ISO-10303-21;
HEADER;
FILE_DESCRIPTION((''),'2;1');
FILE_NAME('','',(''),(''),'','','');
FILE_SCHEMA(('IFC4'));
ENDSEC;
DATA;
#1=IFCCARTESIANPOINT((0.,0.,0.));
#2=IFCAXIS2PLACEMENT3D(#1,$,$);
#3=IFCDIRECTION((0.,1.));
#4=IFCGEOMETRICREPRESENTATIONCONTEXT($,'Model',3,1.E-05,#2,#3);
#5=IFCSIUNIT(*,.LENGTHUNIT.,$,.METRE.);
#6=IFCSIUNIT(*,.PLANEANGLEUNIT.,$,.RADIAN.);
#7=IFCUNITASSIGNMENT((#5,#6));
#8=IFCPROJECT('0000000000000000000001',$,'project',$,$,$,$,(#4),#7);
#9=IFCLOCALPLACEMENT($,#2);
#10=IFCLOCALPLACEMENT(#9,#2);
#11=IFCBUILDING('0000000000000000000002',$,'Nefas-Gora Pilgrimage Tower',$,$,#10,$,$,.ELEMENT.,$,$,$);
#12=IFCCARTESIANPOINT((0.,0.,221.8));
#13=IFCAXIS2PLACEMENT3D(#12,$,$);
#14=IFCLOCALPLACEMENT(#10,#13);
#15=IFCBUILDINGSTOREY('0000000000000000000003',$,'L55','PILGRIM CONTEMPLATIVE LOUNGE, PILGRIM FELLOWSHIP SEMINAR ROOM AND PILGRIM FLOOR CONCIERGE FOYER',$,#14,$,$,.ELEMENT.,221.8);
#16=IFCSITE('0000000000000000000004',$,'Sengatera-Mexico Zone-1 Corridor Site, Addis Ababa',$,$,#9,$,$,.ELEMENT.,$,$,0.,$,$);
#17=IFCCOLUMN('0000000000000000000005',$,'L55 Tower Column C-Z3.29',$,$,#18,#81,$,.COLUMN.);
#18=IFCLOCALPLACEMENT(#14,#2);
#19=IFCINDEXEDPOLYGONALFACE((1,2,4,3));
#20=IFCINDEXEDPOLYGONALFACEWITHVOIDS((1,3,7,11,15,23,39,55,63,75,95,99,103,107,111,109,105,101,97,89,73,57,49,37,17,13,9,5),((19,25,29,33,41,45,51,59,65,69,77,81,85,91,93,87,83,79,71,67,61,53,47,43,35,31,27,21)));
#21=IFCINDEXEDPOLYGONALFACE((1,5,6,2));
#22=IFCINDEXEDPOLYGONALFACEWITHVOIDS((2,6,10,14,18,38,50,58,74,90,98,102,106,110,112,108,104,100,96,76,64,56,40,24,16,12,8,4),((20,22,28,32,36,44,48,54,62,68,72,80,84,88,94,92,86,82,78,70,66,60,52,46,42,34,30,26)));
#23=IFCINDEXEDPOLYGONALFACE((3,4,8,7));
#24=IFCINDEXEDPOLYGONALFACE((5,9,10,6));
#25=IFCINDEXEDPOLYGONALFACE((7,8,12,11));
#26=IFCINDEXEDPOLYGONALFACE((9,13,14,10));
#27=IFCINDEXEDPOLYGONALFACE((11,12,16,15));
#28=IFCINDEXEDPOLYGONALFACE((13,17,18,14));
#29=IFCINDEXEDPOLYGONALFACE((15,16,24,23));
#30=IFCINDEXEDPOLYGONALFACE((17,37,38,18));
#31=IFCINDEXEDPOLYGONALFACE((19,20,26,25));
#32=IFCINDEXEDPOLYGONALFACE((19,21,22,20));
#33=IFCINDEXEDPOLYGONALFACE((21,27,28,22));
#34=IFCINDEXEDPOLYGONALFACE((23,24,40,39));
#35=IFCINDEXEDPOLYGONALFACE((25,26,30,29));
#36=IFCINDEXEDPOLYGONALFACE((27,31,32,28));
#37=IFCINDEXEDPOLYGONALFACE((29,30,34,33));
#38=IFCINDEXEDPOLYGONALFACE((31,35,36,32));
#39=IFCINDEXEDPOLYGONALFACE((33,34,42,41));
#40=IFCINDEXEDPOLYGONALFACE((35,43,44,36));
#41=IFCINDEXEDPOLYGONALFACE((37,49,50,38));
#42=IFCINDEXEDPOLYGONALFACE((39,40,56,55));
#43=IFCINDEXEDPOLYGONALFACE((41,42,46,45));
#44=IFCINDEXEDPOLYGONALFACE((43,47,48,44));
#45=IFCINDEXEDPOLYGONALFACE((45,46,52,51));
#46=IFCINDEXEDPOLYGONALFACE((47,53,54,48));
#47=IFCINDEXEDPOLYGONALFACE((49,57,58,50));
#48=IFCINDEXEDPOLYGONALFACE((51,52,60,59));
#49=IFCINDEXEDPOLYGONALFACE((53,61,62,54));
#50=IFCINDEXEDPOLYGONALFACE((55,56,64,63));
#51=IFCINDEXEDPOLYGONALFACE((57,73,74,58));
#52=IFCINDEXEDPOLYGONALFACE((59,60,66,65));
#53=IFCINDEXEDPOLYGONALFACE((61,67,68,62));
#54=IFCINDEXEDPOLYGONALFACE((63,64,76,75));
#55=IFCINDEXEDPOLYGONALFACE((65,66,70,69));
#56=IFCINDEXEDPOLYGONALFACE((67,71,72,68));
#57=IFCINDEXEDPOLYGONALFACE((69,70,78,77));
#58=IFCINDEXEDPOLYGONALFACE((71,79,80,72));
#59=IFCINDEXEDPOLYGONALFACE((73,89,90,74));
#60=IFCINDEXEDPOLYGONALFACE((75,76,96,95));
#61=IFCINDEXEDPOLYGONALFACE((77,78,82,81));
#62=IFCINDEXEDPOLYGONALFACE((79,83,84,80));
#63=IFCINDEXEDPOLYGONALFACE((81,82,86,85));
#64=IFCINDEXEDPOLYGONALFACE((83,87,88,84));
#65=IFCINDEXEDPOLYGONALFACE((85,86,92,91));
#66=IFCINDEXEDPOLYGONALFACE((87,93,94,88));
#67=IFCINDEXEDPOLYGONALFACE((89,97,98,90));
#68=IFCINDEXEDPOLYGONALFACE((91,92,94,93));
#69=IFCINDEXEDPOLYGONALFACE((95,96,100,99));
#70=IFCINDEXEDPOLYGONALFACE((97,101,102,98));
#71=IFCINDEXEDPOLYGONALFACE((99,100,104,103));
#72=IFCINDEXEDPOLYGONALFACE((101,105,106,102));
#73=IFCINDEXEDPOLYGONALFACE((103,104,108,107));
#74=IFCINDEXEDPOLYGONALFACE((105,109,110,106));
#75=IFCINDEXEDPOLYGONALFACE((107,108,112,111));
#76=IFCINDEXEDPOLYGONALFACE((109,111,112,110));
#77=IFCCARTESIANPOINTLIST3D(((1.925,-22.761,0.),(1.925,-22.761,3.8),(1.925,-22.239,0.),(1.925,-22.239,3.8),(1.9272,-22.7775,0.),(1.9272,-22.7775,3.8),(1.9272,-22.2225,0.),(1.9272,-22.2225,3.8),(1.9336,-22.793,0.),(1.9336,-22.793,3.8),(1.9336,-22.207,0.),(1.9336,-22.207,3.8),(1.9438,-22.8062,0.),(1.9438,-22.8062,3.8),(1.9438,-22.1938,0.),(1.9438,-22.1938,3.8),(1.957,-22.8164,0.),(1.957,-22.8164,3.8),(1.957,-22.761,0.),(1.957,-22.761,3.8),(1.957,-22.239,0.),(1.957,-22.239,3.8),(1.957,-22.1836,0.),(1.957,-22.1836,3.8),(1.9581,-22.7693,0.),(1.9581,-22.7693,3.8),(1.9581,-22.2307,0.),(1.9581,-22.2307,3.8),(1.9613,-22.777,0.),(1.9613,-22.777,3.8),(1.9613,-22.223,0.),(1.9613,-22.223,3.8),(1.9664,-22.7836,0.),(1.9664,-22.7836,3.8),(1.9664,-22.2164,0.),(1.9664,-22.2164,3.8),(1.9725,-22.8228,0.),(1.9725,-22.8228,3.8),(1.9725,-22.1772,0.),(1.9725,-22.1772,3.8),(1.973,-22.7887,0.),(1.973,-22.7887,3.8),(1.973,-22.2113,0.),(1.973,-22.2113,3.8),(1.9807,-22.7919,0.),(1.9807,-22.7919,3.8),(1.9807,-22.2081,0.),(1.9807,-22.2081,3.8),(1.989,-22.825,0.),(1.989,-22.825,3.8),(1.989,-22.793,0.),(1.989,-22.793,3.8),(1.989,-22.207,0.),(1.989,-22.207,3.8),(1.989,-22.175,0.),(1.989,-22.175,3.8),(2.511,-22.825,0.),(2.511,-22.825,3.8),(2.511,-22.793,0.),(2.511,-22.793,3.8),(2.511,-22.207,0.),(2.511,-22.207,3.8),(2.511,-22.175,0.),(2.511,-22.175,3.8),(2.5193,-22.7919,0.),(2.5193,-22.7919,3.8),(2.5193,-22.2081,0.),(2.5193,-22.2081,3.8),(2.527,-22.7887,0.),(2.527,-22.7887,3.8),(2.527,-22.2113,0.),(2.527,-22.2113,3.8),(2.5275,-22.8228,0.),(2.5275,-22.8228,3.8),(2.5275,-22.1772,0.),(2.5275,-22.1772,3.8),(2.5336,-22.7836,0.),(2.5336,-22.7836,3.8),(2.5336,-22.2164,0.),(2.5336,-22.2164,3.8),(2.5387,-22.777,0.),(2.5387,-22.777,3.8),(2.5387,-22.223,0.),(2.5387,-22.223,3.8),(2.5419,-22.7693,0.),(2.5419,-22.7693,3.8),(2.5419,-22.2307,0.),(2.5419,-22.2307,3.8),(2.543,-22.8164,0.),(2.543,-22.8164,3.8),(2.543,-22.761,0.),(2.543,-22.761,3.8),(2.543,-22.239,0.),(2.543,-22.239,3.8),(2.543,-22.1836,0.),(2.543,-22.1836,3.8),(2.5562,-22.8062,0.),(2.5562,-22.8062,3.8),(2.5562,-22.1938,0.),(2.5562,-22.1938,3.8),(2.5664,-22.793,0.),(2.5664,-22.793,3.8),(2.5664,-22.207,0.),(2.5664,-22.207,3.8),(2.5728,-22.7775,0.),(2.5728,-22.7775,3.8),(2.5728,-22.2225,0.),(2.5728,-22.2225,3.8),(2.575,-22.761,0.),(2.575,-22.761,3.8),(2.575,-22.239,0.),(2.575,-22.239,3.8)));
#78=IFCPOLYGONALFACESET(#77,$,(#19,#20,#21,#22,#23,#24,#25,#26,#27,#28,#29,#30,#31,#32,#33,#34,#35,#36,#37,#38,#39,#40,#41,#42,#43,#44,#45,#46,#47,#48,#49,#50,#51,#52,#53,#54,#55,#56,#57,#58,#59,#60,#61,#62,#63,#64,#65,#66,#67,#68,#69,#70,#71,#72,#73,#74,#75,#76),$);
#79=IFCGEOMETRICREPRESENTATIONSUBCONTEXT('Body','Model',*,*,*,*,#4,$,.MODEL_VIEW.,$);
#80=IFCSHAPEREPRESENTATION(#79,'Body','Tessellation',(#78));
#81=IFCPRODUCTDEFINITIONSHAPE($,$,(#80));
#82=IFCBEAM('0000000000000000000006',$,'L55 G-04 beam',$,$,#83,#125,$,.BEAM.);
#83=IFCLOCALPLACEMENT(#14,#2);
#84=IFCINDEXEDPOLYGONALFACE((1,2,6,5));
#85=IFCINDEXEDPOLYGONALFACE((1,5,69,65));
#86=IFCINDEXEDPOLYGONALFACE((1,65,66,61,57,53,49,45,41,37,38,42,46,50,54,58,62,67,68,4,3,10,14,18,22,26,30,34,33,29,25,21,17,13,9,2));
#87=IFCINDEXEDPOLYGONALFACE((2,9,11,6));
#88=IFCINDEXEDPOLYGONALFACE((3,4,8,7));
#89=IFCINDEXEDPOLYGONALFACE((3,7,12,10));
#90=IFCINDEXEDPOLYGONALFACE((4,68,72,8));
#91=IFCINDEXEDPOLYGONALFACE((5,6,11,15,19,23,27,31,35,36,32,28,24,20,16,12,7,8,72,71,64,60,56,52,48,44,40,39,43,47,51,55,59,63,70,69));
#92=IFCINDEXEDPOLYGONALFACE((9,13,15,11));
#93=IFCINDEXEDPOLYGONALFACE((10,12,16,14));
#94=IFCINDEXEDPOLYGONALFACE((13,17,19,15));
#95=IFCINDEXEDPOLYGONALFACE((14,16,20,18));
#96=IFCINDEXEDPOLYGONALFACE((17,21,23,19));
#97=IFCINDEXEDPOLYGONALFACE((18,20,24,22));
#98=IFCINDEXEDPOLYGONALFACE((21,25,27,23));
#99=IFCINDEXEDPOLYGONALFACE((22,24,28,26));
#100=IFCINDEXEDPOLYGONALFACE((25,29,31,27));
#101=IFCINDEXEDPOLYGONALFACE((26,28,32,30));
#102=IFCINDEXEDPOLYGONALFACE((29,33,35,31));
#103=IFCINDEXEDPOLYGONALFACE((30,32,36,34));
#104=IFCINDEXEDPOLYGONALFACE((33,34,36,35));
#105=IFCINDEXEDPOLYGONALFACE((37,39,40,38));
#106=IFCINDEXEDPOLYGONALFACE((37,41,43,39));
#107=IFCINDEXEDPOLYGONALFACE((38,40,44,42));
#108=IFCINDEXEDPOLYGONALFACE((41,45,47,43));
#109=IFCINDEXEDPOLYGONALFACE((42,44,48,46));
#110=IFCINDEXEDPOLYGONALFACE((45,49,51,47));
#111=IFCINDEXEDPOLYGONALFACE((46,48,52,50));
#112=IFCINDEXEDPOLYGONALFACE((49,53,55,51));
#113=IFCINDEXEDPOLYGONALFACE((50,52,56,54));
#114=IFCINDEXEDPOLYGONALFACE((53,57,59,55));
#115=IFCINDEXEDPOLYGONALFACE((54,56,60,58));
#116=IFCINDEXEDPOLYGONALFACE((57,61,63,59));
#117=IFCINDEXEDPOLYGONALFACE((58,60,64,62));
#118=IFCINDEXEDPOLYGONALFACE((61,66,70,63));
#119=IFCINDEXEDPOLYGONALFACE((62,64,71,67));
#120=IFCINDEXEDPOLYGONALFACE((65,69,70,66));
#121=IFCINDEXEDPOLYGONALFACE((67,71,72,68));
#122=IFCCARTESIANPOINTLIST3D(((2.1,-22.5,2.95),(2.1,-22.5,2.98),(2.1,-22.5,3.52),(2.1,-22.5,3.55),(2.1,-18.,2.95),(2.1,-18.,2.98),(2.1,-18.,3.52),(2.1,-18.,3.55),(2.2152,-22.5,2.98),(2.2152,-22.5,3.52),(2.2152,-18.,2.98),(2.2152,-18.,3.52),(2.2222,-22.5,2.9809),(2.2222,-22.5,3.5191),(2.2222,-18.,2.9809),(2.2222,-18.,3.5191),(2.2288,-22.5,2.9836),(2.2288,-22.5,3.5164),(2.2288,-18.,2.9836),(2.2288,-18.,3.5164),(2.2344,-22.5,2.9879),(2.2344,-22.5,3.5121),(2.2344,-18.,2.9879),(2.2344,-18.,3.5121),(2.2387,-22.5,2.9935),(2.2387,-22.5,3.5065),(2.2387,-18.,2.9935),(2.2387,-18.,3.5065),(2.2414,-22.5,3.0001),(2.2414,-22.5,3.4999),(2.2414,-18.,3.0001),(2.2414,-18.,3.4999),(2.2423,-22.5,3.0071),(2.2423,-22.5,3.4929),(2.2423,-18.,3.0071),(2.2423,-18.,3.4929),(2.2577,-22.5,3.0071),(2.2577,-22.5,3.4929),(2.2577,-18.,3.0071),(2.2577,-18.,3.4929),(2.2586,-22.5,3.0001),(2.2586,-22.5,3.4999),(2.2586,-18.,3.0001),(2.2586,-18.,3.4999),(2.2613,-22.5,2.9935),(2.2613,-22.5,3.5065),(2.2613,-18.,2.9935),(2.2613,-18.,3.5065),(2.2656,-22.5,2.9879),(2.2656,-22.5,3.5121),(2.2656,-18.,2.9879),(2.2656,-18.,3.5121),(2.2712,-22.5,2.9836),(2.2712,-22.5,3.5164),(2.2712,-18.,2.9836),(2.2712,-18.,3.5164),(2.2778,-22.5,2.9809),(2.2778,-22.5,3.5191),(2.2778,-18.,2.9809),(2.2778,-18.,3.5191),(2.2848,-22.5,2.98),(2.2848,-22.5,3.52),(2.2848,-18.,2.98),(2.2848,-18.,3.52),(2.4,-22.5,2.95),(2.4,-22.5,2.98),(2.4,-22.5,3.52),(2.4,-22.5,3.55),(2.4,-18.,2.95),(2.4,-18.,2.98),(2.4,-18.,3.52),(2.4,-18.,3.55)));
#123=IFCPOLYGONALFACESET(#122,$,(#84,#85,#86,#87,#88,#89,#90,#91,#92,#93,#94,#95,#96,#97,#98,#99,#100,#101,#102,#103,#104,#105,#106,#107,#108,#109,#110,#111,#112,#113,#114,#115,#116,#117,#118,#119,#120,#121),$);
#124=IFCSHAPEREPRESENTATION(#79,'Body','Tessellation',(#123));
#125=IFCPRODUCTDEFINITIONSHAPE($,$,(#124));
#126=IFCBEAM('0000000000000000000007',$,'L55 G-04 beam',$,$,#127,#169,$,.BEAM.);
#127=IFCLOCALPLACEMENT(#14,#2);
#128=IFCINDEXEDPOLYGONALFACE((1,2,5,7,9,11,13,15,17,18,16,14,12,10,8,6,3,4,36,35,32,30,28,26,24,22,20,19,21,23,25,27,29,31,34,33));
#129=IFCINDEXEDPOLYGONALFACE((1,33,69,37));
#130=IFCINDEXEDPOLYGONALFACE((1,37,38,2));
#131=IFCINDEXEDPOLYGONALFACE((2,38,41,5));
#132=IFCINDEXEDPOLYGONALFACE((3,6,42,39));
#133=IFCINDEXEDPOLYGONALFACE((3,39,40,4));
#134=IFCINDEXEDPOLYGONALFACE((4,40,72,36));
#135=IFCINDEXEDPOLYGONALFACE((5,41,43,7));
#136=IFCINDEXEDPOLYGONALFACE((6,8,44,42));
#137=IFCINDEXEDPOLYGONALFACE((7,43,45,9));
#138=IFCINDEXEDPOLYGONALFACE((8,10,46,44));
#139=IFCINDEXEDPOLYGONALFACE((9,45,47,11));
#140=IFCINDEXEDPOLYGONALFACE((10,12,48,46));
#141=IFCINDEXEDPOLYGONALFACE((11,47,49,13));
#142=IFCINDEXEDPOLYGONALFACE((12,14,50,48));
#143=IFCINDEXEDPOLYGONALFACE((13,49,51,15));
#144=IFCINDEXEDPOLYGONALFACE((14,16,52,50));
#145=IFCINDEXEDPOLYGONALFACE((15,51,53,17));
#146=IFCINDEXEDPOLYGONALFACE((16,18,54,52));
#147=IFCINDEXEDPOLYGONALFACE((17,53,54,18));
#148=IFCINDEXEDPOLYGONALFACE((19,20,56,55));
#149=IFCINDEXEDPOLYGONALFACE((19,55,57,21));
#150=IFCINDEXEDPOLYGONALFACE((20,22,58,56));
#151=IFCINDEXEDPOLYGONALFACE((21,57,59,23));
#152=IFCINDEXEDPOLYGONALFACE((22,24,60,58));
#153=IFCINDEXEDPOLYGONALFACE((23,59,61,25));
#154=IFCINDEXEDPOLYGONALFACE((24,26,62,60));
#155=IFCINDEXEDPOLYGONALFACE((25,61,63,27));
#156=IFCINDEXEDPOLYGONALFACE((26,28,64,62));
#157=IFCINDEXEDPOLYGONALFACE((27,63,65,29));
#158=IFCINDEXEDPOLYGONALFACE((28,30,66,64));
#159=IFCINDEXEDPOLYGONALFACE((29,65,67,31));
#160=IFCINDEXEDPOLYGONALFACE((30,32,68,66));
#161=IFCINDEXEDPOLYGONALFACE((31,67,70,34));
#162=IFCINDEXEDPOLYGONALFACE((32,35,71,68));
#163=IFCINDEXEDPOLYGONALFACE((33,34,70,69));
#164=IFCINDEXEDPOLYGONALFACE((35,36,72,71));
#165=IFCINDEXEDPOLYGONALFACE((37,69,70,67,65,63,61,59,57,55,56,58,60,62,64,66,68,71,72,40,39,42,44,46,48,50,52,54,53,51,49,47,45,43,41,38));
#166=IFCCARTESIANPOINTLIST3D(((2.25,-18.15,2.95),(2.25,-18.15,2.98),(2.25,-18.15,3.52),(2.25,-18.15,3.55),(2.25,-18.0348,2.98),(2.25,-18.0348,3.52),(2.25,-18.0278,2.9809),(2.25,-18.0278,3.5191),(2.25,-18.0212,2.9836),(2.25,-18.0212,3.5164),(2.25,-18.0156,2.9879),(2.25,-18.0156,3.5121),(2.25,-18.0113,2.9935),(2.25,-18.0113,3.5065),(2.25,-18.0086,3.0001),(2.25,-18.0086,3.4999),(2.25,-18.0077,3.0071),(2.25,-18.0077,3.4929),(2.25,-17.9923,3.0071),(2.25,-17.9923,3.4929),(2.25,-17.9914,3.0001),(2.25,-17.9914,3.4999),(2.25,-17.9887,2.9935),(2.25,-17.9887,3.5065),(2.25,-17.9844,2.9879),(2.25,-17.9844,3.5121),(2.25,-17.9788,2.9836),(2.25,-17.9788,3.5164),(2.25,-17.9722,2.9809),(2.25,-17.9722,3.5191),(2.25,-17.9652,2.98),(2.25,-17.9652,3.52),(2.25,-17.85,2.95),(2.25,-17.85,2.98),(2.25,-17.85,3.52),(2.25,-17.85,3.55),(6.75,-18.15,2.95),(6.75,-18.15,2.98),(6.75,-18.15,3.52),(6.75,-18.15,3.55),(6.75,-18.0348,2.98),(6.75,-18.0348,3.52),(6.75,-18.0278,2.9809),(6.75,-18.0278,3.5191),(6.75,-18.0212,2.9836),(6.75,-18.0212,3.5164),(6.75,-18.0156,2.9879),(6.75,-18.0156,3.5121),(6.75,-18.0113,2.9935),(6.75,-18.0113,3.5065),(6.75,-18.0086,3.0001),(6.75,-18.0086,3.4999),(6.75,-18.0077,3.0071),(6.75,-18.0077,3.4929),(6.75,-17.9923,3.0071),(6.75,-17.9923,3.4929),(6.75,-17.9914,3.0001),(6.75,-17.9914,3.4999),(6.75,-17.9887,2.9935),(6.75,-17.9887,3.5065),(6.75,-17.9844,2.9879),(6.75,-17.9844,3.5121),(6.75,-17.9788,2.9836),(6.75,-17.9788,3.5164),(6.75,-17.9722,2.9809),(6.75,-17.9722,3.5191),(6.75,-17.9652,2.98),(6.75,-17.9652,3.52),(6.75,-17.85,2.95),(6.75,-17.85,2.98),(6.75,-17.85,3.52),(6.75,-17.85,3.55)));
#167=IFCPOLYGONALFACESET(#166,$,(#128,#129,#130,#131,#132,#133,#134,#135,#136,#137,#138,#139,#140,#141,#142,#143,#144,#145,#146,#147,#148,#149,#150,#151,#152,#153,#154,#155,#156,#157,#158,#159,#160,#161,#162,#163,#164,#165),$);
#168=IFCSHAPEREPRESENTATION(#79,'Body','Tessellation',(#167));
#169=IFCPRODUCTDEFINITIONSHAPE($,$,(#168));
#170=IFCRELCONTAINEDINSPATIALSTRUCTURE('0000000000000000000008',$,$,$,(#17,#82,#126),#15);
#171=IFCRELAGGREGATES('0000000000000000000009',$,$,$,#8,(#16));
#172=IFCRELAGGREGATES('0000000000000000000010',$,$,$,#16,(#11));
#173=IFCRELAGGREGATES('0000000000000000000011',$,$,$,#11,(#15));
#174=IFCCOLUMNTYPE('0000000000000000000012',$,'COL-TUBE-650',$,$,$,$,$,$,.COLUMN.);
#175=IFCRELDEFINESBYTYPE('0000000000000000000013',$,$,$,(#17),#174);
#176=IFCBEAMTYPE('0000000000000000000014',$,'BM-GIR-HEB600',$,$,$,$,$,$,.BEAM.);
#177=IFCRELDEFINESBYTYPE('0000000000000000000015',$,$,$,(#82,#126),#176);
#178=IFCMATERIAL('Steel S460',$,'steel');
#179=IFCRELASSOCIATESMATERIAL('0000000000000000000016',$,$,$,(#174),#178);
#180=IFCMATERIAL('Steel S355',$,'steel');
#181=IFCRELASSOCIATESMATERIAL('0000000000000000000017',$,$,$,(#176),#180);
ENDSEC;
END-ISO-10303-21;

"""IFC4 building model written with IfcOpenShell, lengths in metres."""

from ifc_helpers import new_model, si_unit, direction, frame, origin, origin_2d, place, context, subcontext, project, spatial, hollow_rectangle, i_section, extrude, source, transform, mapped, material, material_profile, profile_set, type_object, element, save


model = new_model("IFC4")

# Units and contexts
model_context = context("Model", 3, precision=1e-05, world=origin(), true_north=direction((0.0, 1.0)))
body_context = subcontext(model_context, "Body", "Model", "MODEL_VIEW")
ifc_project = project(units=[si_unit("LENGTHUNIT", "METRE"), si_unit("PLANEANGLEUNIT", "RADIAN")], contexts=[model_context])

# Site, building, storey
site_placement = place(None, origin())
site = spatial("IfcSite", under=ifc_project, at=site_placement, Name="Sengatera-Mexico Zone-1 Corridor Site, Addis Ababa", CompositionType="ELEMENT", RefElevation=0.0)
building_placement = place(site_placement, origin())
building = spatial("IfcBuilding", under=site, at=building_placement, Name="Nefas-Gora Pilgrimage Tower", CompositionType="ELEMENT")
storey_placement = place(building_placement, frame((0.0, 0.0, 221.8)))
storey = spatial("IfcBuildingStorey", under=building, at=storey_placement, Name="L55", Description="PILGRIM CONTEMPLATIVE LOUNGE, PILGRIM FELLOWSHIP SEMINAR ROOM AND PILGRIM FLOOR CONCIERGE FOYER", CompositionType="ELEMENT", Elevation=221.8)

# Column
ifc_material_1 = material(Name="Steel S460", Category="steel")
ifc_material_profile_1 = material_profile(ifc_material_1, hollow_rectangle(XDim=0.6499, YDim=0.6499, WallThickness=0.032, InnerFilletRadius=0.032, OuterFilletRadius=0.064, at=origin_2d()), Name="BOX 650x650x32")
ifc_profile_set_1 = profile_set([ifc_material_profile_1], Name="Steel S460")
column_type_1 = type_object("IfcColumnType", Name="COL-TUBE-650", PredefinedType="COLUMN", material=ifc_profile_set_1)
shared_shape_1 = source(origin(), body_context, "Body", "SweptSolid", [
    extrude(hollow_rectangle(XDim=0.6499, YDim=0.6499, WallThickness=0.032, InnerFilletRadius=0.032, OuterFilletRadius=0.064, at=origin_2d()), origin(), (0.0, 0.0, 1.0), 3.8),
])
column_placement = place(storey_placement, frame((2.25, -22.5, 0.0), z_axis=(0.0, 0.0, 1.0), x_axis=(1.0, 0.0, 0.0)))
element("IfcColumn", 1, at=column_placement, inside=storey, type_object=column_type_1, Name="L55 Tower Column C-Z3.29", PredefinedType="COLUMN", context=body_context, shape_type="MappedRepresentation", body=[
    mapped(shared_shape_1, transform((0.0, 0.0, 0.0), x_axis=(1.0, 0.0, 0.0), y_axis=(0.0, 1.0, 0.0), z_axis=(0.0, 0.0, 1.0), scale=1.0)),
])

# Beams
ifc_material_2 = material(Name="Steel S355", Category="steel")
ifc_material_profile_2 = material_profile(ifc_material_2, i_section(OverallWidth=0.3, OverallDepth=0.6001, WebThickness=0.0154, FlangeThickness=0.03, FilletRadius=0.0271, at=origin_2d()), Name="HEB 600")
ifc_profile_set_2 = profile_set([ifc_material_profile_2], Name="Steel S355")
beam_type = type_object("IfcBeamType", Name="BM-GIR-HEB600", PredefinedType="BEAM", material=ifc_profile_set_2)
shared_shape_2 = source(origin(), body_context, "Body", "SweptSolid", [
    extrude(i_section(OverallWidth=0.3, OverallDepth=0.6001, WebThickness=0.0154, FlangeThickness=0.03, FilletRadius=0.0271, at=origin_2d()), origin(), (0.0, 0.0, 1.0), 4.5),
])
for number, where, z_axis, x_axis, name in (
    (2, (2.25, -22.5, 3.25), (0.0, 1.0, 0.0), (-1.0, 0.0, 0.0), "L55 G-04 beam"),
    (3, (2.25, -18.0, 3.25), (1.0, 0.0, 0.0), (0.0, 1.0, 0.0), "L55 G-04 beam"),
):
    element("IfcBeam", number, at=place(storey_placement, frame(where, z_axis=z_axis, x_axis=x_axis)), inside=storey, type_object=beam_type, Name=name, PredefinedType="BEAM", context=body_context, shape_type="MappedRepresentation", body=[
        mapped(shared_shape_2, transform((0.0, 0.0, 0.0), x_axis=(1.0, 0.0, 0.0), y_axis=(0.0, 1.0, 0.0), z_axis=(0.0, 0.0, 1.0), scale=1.0)),
    ])

save(model, "model.ifc")
